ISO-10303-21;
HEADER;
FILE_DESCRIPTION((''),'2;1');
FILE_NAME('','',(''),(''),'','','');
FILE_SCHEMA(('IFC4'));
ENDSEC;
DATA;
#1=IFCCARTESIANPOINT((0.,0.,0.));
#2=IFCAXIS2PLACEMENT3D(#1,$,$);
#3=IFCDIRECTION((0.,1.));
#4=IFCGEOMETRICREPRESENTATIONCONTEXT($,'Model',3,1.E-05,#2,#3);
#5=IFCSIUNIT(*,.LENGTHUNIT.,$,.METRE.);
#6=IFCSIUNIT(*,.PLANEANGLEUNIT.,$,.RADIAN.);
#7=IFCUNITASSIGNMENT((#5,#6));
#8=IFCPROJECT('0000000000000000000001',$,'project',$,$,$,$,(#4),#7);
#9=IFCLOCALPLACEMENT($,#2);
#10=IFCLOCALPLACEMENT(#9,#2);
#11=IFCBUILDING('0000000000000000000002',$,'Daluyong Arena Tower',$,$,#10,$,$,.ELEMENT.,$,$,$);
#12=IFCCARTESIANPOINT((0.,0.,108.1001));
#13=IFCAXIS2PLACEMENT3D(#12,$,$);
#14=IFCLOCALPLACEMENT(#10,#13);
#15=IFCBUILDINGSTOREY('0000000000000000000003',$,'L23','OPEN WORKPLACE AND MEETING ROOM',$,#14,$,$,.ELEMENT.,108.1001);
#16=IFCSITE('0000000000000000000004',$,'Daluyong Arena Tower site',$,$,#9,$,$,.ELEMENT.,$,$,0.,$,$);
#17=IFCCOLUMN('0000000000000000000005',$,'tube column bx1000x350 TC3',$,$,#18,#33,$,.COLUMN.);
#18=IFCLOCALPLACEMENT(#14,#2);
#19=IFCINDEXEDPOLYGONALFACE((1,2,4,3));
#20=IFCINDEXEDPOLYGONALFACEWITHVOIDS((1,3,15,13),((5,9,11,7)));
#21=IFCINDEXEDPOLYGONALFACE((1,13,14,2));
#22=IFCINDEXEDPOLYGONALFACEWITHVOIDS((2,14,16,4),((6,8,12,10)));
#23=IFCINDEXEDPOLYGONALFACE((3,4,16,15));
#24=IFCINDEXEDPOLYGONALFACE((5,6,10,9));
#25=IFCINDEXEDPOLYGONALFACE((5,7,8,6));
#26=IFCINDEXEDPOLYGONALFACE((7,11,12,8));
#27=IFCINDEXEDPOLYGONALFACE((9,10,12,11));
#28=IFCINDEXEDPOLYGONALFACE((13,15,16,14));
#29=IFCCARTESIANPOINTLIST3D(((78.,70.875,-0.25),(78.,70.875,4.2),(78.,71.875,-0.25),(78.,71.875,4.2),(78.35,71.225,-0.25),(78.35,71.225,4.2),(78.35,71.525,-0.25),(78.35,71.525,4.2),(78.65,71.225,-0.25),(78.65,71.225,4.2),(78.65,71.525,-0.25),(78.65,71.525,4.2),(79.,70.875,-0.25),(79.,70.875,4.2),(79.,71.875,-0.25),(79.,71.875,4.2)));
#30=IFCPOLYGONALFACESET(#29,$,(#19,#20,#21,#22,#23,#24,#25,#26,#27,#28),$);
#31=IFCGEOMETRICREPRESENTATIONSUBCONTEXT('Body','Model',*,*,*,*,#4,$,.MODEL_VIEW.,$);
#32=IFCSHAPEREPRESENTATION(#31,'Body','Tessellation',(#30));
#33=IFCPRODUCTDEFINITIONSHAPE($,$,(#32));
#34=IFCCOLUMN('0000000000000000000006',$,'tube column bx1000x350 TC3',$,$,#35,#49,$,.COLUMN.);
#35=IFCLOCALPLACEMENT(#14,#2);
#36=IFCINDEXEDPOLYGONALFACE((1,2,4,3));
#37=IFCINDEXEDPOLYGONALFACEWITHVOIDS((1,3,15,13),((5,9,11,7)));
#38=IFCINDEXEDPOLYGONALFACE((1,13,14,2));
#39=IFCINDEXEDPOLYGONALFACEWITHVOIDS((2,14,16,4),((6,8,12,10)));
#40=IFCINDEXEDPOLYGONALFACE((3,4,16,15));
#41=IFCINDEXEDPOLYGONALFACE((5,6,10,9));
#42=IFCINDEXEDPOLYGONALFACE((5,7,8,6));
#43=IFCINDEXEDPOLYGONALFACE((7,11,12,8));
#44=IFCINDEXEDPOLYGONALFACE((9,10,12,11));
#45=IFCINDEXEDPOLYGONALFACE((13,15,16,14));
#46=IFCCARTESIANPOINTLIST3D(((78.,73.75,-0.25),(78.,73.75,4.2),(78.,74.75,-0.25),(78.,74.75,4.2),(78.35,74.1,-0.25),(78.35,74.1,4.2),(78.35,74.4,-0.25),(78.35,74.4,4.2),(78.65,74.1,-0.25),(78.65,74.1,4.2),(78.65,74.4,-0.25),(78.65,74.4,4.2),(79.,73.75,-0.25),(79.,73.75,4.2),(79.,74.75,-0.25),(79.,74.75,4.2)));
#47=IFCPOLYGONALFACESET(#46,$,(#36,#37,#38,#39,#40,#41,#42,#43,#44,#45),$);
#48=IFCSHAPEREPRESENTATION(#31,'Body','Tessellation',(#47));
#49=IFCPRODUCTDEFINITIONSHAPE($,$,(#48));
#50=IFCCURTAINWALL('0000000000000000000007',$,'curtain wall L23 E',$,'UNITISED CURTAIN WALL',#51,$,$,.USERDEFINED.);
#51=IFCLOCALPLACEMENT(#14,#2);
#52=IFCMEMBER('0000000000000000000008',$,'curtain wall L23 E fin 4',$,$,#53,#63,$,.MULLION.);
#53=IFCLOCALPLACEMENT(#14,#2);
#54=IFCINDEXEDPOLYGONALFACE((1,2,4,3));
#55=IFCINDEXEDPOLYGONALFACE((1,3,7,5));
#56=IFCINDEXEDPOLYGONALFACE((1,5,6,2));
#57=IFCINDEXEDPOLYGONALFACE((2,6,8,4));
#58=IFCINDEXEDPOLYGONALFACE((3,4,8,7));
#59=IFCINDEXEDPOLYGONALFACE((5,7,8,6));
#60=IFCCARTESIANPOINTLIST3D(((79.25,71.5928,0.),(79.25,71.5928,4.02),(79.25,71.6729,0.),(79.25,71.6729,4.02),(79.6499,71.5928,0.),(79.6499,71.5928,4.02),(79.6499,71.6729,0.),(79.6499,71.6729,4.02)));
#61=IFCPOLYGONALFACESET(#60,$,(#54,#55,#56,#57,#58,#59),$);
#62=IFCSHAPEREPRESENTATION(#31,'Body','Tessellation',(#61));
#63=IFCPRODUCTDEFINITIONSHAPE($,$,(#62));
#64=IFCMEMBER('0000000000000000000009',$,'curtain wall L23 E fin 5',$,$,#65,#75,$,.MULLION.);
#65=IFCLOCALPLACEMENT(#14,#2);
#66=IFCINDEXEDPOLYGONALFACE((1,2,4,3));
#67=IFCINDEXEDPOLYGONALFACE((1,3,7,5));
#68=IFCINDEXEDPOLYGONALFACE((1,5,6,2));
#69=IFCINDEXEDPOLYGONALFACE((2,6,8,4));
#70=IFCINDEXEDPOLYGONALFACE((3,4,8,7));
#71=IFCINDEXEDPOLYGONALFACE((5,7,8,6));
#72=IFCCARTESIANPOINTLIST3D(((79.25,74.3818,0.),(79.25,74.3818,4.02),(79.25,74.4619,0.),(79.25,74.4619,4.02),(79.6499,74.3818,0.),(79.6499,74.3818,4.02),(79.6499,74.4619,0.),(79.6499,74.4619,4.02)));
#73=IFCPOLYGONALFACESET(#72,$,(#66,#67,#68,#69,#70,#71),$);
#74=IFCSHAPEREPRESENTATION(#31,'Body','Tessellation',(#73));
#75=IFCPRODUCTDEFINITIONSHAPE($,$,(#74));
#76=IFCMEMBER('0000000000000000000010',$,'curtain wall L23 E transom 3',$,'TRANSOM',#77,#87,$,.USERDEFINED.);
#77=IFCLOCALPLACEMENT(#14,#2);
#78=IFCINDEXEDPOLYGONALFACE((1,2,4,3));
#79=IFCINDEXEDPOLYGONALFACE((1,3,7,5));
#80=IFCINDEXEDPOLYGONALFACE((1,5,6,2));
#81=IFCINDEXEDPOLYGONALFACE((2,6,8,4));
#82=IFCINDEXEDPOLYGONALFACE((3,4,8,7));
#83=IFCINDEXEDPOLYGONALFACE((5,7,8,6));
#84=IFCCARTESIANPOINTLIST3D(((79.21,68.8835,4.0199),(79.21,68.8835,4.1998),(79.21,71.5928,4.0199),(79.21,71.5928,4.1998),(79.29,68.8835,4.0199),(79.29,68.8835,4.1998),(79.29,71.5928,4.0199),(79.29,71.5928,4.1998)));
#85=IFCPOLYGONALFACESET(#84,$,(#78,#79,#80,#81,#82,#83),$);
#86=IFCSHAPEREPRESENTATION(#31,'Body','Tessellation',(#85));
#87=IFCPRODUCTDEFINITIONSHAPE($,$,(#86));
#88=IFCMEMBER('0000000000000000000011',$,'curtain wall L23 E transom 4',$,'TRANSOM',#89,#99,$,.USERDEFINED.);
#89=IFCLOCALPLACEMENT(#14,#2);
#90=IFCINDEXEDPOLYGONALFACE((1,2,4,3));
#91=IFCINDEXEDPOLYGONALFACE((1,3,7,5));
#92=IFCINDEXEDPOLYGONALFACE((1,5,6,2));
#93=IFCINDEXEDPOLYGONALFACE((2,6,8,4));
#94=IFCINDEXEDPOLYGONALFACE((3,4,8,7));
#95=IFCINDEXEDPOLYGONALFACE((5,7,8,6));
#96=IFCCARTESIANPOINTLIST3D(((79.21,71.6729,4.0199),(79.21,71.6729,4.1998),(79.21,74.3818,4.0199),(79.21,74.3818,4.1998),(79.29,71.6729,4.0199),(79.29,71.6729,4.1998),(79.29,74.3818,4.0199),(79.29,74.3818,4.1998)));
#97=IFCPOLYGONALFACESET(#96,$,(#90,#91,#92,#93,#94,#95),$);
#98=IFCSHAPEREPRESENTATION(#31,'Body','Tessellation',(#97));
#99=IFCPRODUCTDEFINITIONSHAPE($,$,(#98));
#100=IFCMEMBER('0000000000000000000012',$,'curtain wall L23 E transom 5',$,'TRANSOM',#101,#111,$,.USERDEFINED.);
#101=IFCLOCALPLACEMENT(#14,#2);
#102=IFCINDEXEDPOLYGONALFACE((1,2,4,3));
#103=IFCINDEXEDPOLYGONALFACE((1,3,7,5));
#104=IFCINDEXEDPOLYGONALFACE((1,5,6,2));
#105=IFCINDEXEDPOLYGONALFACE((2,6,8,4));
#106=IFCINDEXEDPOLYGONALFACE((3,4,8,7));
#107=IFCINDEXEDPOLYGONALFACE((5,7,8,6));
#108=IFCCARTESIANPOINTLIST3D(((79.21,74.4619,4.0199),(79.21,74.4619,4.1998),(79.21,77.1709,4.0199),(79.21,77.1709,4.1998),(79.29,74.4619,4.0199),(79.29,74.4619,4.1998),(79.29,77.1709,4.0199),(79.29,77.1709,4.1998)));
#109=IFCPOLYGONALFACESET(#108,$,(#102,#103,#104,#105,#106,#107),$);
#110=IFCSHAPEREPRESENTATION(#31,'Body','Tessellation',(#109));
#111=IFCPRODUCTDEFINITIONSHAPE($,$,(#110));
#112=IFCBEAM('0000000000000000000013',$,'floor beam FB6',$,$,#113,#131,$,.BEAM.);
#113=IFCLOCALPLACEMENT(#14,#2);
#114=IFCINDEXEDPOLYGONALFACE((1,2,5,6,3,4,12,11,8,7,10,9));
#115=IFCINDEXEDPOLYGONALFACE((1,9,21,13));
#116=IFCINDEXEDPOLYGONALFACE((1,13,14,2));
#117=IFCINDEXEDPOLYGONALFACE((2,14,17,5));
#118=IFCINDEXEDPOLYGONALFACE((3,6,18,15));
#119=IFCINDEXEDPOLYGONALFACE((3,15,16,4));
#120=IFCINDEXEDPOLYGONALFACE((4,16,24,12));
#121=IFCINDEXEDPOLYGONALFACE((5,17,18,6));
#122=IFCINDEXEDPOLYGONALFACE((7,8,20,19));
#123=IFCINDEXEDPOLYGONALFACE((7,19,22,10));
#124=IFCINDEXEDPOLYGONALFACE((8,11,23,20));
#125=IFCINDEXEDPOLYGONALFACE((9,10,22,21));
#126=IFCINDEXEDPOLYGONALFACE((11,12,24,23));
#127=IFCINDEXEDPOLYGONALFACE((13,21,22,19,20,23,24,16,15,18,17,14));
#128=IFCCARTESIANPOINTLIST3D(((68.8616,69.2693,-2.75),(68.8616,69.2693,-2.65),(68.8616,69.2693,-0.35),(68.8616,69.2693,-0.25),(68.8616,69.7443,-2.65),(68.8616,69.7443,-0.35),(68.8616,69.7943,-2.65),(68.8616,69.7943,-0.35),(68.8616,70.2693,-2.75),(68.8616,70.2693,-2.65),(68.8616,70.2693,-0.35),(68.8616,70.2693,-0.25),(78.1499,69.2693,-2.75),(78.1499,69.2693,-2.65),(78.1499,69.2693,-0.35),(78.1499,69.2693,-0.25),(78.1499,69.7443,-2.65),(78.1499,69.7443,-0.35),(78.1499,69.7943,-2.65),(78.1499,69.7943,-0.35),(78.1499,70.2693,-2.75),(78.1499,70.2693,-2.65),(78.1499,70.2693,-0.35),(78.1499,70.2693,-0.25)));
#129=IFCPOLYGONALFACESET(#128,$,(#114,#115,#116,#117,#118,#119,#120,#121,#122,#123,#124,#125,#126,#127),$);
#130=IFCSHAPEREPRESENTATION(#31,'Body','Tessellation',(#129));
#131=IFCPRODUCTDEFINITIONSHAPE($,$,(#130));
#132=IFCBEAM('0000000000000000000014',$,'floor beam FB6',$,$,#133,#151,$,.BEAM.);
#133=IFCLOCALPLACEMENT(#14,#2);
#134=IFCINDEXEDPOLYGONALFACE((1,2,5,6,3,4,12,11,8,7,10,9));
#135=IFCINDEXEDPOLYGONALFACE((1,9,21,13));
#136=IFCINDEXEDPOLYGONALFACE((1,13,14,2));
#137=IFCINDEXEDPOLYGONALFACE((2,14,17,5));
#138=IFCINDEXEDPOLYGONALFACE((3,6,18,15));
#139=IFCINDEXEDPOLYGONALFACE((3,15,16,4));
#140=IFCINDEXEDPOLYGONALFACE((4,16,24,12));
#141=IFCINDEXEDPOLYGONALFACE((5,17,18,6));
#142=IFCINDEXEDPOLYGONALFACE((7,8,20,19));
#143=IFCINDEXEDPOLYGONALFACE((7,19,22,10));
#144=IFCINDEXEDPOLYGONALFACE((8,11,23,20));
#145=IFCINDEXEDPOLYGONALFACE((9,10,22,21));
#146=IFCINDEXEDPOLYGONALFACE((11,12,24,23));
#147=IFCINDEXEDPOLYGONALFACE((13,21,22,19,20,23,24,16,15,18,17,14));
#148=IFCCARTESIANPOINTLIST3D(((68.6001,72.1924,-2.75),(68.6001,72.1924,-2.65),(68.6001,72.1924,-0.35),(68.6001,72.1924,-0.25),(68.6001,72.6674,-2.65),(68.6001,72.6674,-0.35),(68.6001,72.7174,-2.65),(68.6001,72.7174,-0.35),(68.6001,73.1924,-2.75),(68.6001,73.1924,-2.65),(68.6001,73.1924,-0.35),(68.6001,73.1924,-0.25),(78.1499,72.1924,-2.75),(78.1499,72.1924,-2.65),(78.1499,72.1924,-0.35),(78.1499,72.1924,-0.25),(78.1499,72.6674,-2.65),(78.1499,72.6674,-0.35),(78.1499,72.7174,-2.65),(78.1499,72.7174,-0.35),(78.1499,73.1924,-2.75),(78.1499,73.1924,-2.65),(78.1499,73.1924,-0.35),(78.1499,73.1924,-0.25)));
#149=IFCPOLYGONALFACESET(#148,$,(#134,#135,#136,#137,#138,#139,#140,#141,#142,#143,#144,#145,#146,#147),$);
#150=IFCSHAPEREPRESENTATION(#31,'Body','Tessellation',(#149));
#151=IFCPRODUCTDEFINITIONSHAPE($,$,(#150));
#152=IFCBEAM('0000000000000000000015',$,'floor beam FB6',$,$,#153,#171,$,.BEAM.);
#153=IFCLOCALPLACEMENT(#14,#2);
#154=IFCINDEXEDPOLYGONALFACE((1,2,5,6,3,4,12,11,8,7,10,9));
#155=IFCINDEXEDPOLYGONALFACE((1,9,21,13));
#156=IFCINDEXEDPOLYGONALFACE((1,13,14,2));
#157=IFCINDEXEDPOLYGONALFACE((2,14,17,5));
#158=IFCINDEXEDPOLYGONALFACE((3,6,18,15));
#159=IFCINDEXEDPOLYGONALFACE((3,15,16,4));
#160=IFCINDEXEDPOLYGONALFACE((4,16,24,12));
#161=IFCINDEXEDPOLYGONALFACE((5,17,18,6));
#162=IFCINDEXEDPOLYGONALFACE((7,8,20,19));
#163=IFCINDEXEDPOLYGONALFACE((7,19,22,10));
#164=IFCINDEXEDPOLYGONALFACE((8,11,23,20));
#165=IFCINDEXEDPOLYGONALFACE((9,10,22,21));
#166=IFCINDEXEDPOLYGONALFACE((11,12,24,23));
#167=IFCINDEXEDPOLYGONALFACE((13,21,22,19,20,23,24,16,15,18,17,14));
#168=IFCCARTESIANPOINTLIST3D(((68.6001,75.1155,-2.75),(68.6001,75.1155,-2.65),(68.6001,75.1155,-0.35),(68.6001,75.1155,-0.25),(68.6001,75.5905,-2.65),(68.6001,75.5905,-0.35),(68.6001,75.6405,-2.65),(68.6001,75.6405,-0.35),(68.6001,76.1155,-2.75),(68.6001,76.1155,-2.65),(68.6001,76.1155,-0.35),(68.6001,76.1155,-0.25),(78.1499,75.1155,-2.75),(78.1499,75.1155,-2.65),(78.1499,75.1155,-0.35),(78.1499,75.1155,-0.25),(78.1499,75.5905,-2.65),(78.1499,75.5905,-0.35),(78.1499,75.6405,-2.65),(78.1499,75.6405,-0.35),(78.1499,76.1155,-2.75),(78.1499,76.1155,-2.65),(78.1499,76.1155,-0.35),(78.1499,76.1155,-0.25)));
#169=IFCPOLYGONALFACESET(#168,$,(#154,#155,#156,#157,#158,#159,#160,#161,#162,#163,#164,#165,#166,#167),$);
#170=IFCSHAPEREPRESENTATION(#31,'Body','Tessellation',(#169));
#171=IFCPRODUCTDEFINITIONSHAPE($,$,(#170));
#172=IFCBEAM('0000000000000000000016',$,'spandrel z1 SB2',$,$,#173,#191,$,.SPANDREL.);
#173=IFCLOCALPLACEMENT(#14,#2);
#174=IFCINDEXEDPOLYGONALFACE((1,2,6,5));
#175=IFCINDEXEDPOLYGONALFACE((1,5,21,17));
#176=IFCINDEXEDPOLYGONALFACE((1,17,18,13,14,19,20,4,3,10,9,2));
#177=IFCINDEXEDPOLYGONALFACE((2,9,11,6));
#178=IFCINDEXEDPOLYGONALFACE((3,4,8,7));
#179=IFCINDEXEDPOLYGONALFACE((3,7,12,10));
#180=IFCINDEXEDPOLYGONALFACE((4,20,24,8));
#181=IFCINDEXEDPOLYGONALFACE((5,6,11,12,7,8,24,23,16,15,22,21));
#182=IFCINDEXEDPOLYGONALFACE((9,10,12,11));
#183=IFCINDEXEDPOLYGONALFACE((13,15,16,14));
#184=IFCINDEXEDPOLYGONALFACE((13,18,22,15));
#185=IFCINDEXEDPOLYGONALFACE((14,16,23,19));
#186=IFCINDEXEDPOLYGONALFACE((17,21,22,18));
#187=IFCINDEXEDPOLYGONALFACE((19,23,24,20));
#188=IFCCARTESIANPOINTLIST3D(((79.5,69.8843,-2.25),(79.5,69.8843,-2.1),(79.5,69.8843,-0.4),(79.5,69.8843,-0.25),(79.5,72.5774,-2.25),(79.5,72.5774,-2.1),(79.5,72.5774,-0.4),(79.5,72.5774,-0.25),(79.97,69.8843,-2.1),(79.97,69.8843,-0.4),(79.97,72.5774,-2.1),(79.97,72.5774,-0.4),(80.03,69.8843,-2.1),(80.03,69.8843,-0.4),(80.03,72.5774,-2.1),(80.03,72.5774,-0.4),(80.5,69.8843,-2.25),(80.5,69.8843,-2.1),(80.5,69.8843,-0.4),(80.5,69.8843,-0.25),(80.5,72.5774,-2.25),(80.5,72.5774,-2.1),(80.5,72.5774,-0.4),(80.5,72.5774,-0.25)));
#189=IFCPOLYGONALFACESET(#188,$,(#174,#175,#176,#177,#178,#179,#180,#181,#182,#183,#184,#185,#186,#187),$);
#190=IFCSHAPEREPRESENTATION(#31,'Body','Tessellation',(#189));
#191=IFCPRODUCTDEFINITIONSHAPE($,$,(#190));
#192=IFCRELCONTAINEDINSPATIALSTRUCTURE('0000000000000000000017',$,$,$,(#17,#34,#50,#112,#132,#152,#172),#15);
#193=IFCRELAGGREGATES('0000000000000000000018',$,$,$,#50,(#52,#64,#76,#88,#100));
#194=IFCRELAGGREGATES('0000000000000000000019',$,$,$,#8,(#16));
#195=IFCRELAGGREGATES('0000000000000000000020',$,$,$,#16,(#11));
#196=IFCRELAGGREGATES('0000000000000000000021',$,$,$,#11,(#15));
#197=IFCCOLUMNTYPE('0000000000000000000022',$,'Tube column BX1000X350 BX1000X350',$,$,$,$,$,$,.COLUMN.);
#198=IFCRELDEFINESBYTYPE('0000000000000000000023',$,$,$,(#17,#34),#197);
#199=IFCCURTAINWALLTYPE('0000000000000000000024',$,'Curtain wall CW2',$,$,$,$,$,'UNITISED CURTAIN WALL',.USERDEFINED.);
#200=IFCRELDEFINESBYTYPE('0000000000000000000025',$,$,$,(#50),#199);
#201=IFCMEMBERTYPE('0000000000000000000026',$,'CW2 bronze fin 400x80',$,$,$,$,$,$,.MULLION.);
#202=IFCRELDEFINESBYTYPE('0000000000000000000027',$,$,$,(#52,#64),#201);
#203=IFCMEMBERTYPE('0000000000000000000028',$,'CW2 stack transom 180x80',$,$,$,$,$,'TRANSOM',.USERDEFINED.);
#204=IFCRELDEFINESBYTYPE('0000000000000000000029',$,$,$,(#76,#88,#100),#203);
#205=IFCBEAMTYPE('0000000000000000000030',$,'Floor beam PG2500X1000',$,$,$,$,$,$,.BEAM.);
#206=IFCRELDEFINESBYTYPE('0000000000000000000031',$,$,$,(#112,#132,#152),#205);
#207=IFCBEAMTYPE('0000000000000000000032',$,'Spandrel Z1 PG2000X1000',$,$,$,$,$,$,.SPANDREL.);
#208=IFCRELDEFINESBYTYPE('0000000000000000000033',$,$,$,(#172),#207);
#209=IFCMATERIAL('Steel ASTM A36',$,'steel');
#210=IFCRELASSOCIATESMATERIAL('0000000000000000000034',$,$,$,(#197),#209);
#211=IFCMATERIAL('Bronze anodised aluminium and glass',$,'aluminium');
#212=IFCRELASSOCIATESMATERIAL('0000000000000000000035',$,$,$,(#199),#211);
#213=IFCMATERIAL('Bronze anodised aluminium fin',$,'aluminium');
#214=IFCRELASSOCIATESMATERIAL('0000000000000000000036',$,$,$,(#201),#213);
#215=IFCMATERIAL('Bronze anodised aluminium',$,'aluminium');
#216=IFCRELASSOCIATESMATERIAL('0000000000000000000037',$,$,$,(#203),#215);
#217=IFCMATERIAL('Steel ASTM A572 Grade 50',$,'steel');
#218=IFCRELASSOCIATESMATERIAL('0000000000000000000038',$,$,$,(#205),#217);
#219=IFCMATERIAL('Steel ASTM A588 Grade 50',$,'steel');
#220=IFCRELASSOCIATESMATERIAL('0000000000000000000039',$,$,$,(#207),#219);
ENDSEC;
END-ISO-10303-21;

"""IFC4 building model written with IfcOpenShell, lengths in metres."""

from ifc_helpers import new_model, si_unit, direction, frame, origin, origin_2d, place, context, subcontext, project, spatial, rectangle, hollow_rectangle, i_section, extrude, material, material_profile, profile_set, type_object, element, aggregate, save


model = new_model("IFC4")

# Units and contexts
model_context = context("Model", 3, precision=1e-05, world=origin(), true_north=direction((0.0, 1.0)))
body_context = subcontext(model_context, "Body", "Model", "MODEL_VIEW")
ifc_project = project(units=[si_unit("LENGTHUNIT", "METRE"), si_unit("PLANEANGLEUNIT", "RADIAN")], contexts=[model_context])

# Site, building, storey
site_placement = place(None, origin())
site = spatial("IfcSite", under=ifc_project, at=site_placement, Name="Daluyong Arena Tower site", CompositionType="ELEMENT", RefElevation=0.0)
building_placement = place(site_placement, origin())
building = spatial("IfcBuilding", under=site, at=building_placement, Name="Daluyong Arena Tower", CompositionType="ELEMENT")
storey_placement = place(building_placement, frame((0.0, 0.0, 108.1001)))
storey = spatial("IfcBuildingStorey", under=building, at=storey_placement, Name="L23", Description="OPEN WORKPLACE AND MEETING ROOM", CompositionType="ELEMENT", Elevation=108.1001)

# Columns
ifc_material_1 = material(Name="Steel ASTM A36", Category="steel")
ifc_material_profile_1 = material_profile(ifc_material_1, hollow_rectangle(XDim=1.0, YDim=1.0, WallThickness=0.35, at=origin_2d()))
ifc_profile_set_1 = profile_set([ifc_material_profile_1], Name="Steel ASTM A36")
column_type = type_object("IfcColumnType", Name="Tube column BX1000X350 BX1000X350", PredefinedType="COLUMN", material=ifc_profile_set_1)
for number, where, z_axis, x_axis, name in (
    (1, (78.5, 71.375, -0.25), (0.0, 0.0, 1.0), (0.0, 1.0, 0.0), "tube column bx1000x350 TC3"),
    (2, (78.5, 74.25, -0.25), (0.0, 0.0, 1.0), (0.0, 1.0, 0.0), "tube column bx1000x350 TC3"),
):
    element("IfcColumn", number, at=place(storey_placement, frame(where, z_axis=z_axis, x_axis=x_axis)), inside=storey, type_object=column_type, Name=name, PredefinedType="COLUMN", context=body_context, shape_type="SweptSolid", body=[
        extrude(hollow_rectangle(XDim=1.0, YDim=1.0, WallThickness=0.35, at=origin_2d()), origin(), (0.0, 0.0, 1.0), 4.45),
    ])

# Curtain wall, members
ifc_material_2 = material(Name="Bronze anodised aluminium and glass", Category="aluminium")
curtain_wall_type = type_object("IfcCurtainWallType", Name="Curtain wall CW2", ElementType="UNITISED CURTAIN WALL", PredefinedType="USERDEFINED", material=ifc_material_2)
curtain_wall_placement = place(storey_placement, origin())
curtain_wall = element("IfcCurtainWall", 3, at=curtain_wall_placement, inside=storey, type_object=curtain_wall_type, Name="curtain wall L23 E", ObjectType="UNITISED CURTAIN WALL", PredefinedType="USERDEFINED")
ifc_material_3 = material(Name="Bronze anodised aluminium fin", Category="aluminium")
ifc_material_profile_2 = material_profile(ifc_material_3, rectangle(XDim=0.3999, YDim=0.0801, at=origin_2d()))
ifc_profile_set_2 = profile_set([ifc_material_profile_2], Name="Bronze anodised aluminium fin")
member_type_1 = type_object("IfcMemberType", Name="CW2 bronze fin 400x80", PredefinedType="MULLION", material=ifc_profile_set_2)
member_1_placement = place(storey_placement, frame((79.45, 71.6328, 0.0), z_axis=(0.0, 0.0, 1.0), x_axis=(-1.0, 0.0, 0.0)))
member_1 = element("IfcMember", 4, at=member_1_placement, type_object=member_type_1, Name="curtain wall L23 E fin 4", PredefinedType="MULLION", context=body_context, shape_type="SweptSolid", body=[
    extrude(rectangle(XDim=0.3999, YDim=0.0801, at=origin_2d()), origin(), (0.0, 0.0, 1.0), 4.02),
])
member_2_placement = place(storey_placement, frame((79.45, 74.4219, 0.0), z_axis=(0.0, 0.0, 1.0), x_axis=(-1.0, 0.0, 0.0)))
member_2 = element("IfcMember", 5, at=member_2_placement, type_object=member_type_1, Name="curtain wall L23 E fin 5", PredefinedType="MULLION", context=body_context, shape_type="SweptSolid", body=[
    extrude(rectangle(XDim=0.3999, YDim=0.0801, at=origin_2d()), origin(), (0.0, 0.0, 1.0), 4.02),
])
ifc_material_4 = material(Name="Bronze anodised aluminium", Category="aluminium")
ifc_material_profile_3 = material_profile(ifc_material_4, rectangle(XDim=0.0801, YDim=0.1799, at=origin_2d()))
ifc_profile_set_3 = profile_set([ifc_material_profile_3], Name="Bronze anodised aluminium")
member_type_2 = type_object("IfcMemberType", Name="CW2 stack transom 180x80", ElementType="TRANSOM", PredefinedType="USERDEFINED", material=ifc_profile_set_3)
member_3_placement = place(storey_placement, frame((79.25, 68.8835, 4.1099), z_axis=(0.0, 1.0, 0.0), x_axis=(-1.0, 0.0, 0.0)))
member_3 = element("IfcMember", 6, at=member_3_placement, type_object=member_type_2, Name="curtain wall L23 E transom 3", ObjectType="TRANSOM", PredefinedType="USERDEFINED", context=body_context, shape_type="SweptSolid", body=[
    extrude(rectangle(XDim=0.0801, YDim=0.1799, at=origin_2d()), origin(), (0.0, 0.0, 1.0), 2.7092),
])
member_4_placement = place(storey_placement, frame((79.25, 71.6729, 4.1099), z_axis=(0.0, 1.0, 0.0), x_axis=(-1.0, 0.0, 0.0)))
member_4 = element("IfcMember", 7, at=member_4_placement, type_object=member_type_2, Name="curtain wall L23 E transom 4", ObjectType="TRANSOM", PredefinedType="USERDEFINED", context=body_context, shape_type="SweptSolid", body=[
    extrude(rectangle(XDim=0.0801, YDim=0.1799, at=origin_2d()), origin(), (0.0, 0.0, 1.0), 2.709),
])
member_5_placement = place(storey_placement, frame((79.25, 74.4619, 4.1099), z_axis=(0.0, 1.0, 0.0), x_axis=(-1.0, 0.0, 0.0)))
member_5 = element("IfcMember", 8, at=member_5_placement, type_object=member_type_2, Name="curtain wall L23 E transom 5", ObjectType="TRANSOM", PredefinedType="USERDEFINED", context=body_context, shape_type="SweptSolid", body=[
    extrude(rectangle(XDim=0.0801, YDim=0.1799, at=origin_2d()), origin(), (0.0, 0.0, 1.0), 2.709),
])

# Beams
ifc_material_5 = material(Name="Steel ASTM A572 Grade 50", Category="steel")
ifc_material_profile_4 = material_profile(ifc_material_5, i_section(OverallWidth=1.0, OverallDepth=2.5, WebThickness=0.05, FlangeThickness=0.1, at=origin_2d()))
ifc_profile_set_4 = profile_set([ifc_material_profile_4], Name="Steel ASTM A572 Grade 50")
beam_type_1 = type_object("IfcBeamType", Name="Floor beam PG2500X1000", PredefinedType="BEAM", material=ifc_profile_set_4)
beam_placement = place(storey_placement, frame((78.1499, 69.7693, -1.5), z_axis=(-1.0, 0.0, 0.0), x_axis=(0.0, -1.0, 0.0)))
element("IfcBeam", 9, at=beam_placement, inside=storey, type_object=beam_type_1, Name="floor beam FB6", PredefinedType="BEAM", context=body_context, shape_type="SweptSolid", body=[
    extrude(i_section(OverallWidth=1.0, OverallDepth=2.5, WebThickness=0.05, FlangeThickness=0.1, at=origin_2d()), origin(), (0.0, 0.0, 1.0), 9.2883),
])
for number, where, z_axis, x_axis, name in (
    (10, (78.1499, 72.6924, -1.5), (-1.0, 0.0, 0.0), (0.0, -1.0, 0.0), "floor beam FB6"),
    (11, (78.1499, 75.6155, -1.5), (-1.0, 0.0, 0.0), (0.0, -1.0, 0.0), "floor beam FB6"),
):
    element("IfcBeam", number, at=place(storey_placement, frame(where, z_axis=z_axis, x_axis=x_axis)), inside=storey, type_object=beam_type_1, Name=name, PredefinedType="BEAM", context=body_context, shape_type="SweptSolid", body=[
        extrude(i_section(OverallWidth=1.0, OverallDepth=2.5, WebThickness=0.05, FlangeThickness=0.1, at=origin_2d()), origin(), (0.0, 0.0, 1.0), 9.5498),
    ])
ifc_material_6 = material(Name="Steel ASTM A588 Grade 50", Category="steel")
ifc_material_profile_5 = material_profile(ifc_material_6, i_section(OverallWidth=1.0, OverallDepth=2.0, WebThickness=0.06, FlangeThickness=0.15, at=origin_2d()))
ifc_profile_set_5 = profile_set([ifc_material_profile_5], Name="Steel ASTM A588 Grade 50")
beam_type_2 = type_object("IfcBeamType", Name="Spandrel Z1 PG2000X1000", PredefinedType="SPANDREL", material=ifc_profile_set_5)
for number, where, z_axis, x_axis, name in (
    (12, (80.0, 69.8843, -1.25), (0.0, 1.0, 0.0), (-1.0, 0.0, 0.0), "spandrel z1 SB2"),
):
    element("IfcBeam", number, at=place(storey_placement, frame(where, z_axis=z_axis, x_axis=x_axis)), inside=storey, type_object=beam_type_2, Name=name, PredefinedType="SPANDREL", context=body_context, shape_type="SweptSolid", body=[
        extrude(i_section(OverallWidth=1.0, OverallDepth=2.0, WebThickness=0.06, FlangeThickness=0.15, at=origin_2d()), origin(), (0.0, 0.0, 1.0), 2.6931),
    ])

aggregate(curtain_wall, [member_1, member_2, member_3, member_4, member_5])

save(model, "model.ifc")
